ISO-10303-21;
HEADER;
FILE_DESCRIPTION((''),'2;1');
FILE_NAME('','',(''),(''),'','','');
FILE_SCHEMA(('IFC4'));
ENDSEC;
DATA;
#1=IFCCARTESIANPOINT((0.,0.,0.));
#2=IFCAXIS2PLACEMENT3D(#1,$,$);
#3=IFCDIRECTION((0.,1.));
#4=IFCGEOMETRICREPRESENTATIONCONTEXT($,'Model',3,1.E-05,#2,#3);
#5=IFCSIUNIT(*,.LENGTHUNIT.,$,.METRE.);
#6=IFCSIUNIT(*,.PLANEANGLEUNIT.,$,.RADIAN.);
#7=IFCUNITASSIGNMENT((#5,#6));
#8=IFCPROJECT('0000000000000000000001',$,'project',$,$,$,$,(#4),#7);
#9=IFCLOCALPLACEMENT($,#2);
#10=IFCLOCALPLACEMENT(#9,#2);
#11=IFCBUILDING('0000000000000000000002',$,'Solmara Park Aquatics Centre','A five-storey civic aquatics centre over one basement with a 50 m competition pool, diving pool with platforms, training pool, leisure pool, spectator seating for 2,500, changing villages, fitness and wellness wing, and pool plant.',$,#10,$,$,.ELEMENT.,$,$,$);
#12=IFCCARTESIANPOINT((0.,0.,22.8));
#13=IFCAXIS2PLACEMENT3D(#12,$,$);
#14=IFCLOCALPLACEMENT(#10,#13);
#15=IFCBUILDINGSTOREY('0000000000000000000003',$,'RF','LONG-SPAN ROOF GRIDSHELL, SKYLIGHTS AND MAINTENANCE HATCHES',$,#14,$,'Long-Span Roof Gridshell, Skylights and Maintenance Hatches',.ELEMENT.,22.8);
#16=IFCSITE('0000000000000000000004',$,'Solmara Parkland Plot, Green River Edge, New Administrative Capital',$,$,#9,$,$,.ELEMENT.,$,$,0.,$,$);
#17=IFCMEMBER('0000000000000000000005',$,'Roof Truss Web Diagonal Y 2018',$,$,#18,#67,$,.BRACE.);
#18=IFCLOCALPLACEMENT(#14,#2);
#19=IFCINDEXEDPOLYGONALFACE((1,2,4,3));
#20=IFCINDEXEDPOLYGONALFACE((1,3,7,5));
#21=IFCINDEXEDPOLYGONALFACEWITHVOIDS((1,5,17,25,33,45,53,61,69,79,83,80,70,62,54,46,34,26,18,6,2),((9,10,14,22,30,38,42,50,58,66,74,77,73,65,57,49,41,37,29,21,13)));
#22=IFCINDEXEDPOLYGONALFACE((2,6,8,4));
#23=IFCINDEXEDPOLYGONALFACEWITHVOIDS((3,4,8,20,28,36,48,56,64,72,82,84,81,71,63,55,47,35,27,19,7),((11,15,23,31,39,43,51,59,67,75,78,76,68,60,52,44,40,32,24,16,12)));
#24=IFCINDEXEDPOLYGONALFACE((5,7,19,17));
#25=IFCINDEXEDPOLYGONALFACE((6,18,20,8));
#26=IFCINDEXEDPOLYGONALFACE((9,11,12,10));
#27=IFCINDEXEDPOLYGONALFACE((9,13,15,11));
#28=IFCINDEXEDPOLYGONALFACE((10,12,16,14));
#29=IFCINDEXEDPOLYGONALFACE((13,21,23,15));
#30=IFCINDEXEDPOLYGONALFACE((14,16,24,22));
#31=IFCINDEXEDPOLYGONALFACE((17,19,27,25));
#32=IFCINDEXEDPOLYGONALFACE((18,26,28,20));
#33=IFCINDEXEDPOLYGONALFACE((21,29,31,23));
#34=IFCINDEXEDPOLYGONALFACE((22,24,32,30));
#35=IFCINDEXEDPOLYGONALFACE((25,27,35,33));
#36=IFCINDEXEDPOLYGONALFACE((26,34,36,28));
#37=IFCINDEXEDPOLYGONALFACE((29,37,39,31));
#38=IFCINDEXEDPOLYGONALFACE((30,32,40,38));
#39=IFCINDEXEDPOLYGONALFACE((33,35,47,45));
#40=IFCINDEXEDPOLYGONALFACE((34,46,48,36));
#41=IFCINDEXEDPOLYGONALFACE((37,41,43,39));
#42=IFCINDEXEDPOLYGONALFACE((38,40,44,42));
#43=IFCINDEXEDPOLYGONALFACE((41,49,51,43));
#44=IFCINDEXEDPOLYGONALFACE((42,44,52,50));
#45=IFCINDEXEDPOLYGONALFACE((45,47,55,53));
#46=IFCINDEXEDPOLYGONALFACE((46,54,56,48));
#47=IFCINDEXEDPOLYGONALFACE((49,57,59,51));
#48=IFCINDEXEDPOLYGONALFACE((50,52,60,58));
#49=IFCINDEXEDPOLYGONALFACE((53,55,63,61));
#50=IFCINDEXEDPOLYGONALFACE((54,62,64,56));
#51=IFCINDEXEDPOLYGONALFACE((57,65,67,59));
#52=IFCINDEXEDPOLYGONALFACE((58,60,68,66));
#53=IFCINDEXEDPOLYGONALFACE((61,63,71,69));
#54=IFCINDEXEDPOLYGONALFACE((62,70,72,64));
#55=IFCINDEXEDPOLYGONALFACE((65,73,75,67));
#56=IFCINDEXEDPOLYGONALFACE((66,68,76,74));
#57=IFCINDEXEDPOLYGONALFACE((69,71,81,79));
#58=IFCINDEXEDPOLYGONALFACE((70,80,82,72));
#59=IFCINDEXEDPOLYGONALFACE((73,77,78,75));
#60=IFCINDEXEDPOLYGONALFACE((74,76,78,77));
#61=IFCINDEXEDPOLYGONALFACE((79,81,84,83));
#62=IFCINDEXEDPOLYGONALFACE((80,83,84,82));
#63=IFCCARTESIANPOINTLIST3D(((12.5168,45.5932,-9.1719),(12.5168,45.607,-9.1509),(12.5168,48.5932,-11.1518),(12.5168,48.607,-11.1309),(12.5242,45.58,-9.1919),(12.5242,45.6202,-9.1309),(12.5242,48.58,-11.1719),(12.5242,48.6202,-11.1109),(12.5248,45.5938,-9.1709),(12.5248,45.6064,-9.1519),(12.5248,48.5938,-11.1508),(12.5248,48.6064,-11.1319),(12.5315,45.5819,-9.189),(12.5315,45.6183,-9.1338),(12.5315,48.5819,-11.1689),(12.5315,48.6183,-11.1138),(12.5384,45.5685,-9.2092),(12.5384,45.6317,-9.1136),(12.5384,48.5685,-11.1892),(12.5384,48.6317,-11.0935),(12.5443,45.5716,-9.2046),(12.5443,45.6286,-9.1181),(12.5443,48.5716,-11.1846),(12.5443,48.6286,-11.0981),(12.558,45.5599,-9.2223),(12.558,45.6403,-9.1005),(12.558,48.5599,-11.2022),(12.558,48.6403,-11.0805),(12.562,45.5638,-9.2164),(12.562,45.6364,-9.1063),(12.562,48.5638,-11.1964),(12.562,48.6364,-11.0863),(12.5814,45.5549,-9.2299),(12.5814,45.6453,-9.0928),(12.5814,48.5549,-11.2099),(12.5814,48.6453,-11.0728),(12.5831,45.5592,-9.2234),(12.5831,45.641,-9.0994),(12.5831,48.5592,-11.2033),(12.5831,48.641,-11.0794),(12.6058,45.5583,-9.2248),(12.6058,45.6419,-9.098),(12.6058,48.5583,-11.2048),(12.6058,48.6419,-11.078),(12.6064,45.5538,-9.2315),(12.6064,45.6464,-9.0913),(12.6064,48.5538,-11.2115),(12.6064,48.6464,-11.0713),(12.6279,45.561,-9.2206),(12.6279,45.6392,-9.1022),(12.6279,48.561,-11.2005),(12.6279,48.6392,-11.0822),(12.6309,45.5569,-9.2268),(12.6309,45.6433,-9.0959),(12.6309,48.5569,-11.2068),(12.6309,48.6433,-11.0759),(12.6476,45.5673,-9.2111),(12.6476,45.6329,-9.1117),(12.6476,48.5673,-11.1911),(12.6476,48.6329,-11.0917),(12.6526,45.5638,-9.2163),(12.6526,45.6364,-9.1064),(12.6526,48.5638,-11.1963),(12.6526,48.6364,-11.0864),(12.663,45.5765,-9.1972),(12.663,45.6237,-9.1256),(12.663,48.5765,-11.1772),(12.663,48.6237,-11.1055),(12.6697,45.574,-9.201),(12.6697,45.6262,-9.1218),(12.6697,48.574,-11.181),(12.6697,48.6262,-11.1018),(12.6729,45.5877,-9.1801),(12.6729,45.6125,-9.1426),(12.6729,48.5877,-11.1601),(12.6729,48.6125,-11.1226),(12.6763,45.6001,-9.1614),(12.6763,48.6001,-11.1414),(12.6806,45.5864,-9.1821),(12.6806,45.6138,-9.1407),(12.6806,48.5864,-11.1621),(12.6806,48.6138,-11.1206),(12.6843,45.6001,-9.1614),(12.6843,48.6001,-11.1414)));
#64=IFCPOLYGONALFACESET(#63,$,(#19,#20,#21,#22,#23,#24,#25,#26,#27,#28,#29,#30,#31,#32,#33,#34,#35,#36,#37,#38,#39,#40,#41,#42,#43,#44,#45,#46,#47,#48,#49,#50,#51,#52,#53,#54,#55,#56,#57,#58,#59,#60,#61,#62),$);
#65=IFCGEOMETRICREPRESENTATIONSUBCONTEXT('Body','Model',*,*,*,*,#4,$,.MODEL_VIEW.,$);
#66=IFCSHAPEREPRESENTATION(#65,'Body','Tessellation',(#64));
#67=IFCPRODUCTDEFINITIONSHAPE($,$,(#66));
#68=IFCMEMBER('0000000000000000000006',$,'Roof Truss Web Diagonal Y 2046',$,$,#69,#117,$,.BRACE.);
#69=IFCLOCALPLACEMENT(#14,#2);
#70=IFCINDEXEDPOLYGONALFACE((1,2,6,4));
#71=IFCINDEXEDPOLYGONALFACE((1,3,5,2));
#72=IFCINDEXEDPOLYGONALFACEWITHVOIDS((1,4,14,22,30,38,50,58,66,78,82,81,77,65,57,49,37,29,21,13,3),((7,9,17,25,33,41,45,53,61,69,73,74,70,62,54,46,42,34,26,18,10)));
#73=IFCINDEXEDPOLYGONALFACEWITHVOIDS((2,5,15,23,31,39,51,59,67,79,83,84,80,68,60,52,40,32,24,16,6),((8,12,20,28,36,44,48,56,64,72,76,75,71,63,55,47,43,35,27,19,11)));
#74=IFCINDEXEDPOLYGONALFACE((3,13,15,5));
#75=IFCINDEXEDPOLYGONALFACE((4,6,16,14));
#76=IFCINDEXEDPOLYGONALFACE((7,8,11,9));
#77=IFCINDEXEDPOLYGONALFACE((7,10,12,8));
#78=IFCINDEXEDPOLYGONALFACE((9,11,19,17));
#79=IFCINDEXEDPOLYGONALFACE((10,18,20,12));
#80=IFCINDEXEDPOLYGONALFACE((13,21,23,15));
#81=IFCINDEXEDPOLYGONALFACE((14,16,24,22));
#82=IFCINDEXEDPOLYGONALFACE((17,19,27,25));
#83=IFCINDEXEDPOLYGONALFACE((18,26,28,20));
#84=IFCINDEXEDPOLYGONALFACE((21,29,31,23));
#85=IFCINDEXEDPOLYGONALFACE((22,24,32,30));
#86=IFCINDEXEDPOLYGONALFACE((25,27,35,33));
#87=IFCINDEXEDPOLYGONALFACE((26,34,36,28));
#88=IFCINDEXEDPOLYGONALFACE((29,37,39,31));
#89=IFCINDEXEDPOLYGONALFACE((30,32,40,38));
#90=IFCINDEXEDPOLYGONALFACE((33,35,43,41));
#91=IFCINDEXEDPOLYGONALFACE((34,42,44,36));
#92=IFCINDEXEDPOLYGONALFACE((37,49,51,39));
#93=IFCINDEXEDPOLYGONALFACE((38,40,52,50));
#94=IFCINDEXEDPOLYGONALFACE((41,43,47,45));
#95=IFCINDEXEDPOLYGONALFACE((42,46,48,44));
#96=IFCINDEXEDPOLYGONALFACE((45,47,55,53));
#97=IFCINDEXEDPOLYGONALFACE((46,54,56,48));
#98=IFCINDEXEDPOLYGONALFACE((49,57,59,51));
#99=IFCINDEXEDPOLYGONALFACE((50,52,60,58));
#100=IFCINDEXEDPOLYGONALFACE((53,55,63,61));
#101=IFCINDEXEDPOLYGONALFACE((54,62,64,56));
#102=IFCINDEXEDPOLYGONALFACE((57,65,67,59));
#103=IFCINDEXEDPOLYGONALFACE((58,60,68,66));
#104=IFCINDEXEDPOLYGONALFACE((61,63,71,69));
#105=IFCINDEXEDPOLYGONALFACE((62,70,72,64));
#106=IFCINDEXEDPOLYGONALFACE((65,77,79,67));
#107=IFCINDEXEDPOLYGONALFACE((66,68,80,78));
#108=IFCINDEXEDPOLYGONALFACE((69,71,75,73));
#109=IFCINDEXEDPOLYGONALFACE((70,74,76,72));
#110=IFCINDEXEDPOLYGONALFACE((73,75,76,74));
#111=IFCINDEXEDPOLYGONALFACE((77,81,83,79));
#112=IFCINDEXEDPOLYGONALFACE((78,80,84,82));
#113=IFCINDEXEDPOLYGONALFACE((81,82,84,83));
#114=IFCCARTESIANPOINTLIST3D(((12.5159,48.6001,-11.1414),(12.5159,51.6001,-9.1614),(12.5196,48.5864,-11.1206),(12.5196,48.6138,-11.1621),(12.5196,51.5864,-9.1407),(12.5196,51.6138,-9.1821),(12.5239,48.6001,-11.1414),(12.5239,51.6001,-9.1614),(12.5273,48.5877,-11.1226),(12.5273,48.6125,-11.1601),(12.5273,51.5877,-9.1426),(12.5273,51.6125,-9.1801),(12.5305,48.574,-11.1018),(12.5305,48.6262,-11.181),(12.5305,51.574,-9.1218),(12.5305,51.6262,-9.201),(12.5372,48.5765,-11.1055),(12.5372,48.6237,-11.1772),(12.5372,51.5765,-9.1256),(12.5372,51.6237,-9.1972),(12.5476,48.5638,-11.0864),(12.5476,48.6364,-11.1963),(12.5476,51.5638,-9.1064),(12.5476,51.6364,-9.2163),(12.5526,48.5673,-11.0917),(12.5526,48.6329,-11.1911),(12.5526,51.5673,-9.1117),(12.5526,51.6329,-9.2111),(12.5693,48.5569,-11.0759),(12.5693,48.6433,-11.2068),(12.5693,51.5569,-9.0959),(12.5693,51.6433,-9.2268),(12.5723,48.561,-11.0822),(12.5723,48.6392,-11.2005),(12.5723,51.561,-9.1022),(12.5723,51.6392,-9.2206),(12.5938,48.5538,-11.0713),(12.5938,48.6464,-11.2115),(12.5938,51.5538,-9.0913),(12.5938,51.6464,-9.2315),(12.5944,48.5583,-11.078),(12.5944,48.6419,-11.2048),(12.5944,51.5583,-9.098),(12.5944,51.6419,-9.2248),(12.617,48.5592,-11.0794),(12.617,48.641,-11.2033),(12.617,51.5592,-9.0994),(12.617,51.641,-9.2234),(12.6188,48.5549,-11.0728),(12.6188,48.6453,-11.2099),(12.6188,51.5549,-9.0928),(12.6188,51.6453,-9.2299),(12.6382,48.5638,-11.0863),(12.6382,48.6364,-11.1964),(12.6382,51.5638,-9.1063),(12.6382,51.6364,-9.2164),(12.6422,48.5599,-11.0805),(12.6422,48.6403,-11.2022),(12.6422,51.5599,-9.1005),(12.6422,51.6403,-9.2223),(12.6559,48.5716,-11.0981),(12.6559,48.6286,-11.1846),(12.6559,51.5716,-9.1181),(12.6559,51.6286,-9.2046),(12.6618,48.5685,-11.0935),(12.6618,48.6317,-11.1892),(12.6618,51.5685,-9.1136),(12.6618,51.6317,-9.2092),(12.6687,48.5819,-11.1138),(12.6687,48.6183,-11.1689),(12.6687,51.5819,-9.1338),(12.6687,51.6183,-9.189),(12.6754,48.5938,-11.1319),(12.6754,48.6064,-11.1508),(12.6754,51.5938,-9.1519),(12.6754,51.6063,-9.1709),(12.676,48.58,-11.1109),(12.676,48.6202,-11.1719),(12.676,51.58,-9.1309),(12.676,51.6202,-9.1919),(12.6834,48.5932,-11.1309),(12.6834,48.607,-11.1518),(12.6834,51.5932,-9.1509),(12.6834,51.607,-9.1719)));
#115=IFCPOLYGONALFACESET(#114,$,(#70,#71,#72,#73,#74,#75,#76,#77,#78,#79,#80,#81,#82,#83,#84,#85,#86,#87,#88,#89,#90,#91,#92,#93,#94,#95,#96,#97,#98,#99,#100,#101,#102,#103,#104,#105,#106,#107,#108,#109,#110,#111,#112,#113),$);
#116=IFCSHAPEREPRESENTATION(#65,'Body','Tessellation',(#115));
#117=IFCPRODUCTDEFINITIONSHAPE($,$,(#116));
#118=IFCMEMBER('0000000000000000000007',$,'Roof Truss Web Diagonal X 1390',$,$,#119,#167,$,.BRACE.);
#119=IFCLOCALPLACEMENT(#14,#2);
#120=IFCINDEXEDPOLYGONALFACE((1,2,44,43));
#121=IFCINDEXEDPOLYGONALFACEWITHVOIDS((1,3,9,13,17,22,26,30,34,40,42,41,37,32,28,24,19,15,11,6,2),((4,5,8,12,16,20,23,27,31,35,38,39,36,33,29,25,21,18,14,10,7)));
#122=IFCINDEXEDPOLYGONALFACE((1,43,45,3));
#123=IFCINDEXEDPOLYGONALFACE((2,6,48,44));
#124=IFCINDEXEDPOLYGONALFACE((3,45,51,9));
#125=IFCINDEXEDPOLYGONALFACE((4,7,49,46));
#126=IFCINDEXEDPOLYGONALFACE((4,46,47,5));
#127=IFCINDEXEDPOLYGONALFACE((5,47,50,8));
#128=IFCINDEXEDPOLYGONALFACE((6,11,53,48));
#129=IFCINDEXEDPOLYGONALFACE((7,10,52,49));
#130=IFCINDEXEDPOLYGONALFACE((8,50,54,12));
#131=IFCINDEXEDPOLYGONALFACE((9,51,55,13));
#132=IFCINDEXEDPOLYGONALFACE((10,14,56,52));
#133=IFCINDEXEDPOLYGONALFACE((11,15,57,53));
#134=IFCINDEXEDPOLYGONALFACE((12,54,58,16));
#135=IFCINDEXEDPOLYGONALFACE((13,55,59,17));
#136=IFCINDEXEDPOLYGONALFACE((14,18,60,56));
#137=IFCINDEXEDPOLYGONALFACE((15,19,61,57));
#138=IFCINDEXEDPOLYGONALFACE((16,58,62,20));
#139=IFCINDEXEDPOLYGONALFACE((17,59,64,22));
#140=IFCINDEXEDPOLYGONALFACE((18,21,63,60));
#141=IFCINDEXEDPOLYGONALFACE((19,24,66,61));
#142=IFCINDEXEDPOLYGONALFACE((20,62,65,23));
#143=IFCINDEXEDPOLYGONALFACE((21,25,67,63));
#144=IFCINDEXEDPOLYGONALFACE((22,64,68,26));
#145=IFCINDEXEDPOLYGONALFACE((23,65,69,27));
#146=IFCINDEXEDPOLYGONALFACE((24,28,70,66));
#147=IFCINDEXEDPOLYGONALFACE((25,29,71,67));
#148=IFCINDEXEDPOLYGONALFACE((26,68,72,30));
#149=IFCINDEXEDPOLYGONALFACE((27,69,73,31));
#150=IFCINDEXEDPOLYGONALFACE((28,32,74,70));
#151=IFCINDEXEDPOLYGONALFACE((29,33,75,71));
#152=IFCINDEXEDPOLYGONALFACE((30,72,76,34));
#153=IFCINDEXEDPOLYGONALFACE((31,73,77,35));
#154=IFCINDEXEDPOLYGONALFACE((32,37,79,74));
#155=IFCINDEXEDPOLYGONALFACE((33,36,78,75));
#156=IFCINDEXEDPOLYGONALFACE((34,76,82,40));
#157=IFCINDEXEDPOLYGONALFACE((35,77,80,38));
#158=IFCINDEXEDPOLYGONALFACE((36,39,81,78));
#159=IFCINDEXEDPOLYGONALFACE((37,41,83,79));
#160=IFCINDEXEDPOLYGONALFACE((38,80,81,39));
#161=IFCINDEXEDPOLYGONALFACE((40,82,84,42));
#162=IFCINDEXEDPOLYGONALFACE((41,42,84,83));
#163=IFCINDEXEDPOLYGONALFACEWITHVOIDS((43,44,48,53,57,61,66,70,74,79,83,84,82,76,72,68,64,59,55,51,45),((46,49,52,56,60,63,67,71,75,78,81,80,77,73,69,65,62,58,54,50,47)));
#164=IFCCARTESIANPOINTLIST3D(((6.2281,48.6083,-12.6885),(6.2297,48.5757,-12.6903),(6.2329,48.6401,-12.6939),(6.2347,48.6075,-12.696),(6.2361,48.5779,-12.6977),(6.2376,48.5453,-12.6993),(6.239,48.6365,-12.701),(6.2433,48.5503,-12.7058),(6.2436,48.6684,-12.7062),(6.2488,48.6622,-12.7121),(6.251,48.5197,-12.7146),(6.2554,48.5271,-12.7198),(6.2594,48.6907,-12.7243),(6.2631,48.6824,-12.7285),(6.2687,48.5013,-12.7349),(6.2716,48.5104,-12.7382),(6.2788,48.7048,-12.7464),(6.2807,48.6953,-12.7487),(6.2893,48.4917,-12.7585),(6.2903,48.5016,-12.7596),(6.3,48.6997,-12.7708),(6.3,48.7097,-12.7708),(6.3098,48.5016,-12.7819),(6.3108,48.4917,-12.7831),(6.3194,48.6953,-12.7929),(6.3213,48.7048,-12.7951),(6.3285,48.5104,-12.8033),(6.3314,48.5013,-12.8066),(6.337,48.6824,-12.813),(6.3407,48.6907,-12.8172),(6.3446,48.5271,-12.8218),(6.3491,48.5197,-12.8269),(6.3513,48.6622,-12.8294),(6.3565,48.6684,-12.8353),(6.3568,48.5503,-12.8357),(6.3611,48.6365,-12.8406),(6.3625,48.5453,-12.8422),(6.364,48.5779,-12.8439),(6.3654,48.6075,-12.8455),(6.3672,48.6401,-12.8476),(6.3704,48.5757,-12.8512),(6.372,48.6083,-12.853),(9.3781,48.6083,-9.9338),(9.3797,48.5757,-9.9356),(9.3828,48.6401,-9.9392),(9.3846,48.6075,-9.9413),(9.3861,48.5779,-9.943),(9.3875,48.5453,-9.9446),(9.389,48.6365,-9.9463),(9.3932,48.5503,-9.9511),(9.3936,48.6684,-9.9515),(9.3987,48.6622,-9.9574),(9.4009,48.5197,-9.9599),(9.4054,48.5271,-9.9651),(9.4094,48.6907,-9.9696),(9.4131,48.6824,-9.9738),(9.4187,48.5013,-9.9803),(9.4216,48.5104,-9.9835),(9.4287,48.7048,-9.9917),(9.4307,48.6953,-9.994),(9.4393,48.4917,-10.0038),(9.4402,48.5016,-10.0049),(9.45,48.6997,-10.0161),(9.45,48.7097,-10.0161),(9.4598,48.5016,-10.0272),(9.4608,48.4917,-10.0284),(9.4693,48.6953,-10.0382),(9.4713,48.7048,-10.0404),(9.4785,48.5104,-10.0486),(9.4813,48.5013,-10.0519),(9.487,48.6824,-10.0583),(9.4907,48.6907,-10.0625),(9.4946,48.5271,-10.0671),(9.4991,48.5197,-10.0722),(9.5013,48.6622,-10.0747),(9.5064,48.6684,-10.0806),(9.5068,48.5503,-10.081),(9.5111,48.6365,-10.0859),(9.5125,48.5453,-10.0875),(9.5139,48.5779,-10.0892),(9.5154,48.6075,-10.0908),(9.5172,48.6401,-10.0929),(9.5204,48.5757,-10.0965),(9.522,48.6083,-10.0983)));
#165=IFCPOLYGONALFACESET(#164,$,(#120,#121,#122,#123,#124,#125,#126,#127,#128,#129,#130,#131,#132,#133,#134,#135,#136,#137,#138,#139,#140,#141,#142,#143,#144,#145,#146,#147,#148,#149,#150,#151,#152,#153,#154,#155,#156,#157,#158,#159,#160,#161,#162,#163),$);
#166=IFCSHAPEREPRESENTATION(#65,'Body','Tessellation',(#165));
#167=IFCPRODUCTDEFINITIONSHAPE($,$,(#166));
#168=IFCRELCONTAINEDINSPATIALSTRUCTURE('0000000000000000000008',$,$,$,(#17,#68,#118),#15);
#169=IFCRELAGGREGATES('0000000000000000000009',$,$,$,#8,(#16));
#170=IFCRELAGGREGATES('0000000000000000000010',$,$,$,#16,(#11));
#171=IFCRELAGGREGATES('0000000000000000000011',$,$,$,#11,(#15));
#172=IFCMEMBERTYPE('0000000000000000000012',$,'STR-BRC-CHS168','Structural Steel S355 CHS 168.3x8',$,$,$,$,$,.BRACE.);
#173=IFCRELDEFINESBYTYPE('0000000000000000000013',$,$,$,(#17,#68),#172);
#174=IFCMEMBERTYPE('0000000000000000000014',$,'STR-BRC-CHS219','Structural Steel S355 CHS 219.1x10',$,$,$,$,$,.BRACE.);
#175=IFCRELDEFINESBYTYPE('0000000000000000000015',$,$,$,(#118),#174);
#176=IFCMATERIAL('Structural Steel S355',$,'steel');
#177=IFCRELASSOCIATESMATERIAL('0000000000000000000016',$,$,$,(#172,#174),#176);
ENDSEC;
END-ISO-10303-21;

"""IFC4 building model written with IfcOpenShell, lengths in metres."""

from ifc_helpers import new_model, si_unit, direction, frame, origin, origin_2d, place, context, subcontext, project, spatial, hollow_circle, extrude, material, material_profile, profile_set, type_object, element, save


model = new_model("IFC4")

# Units and contexts
model_context = context("Model", 3, precision=1e-05, world=origin(), true_north=direction((0.0, 1.0)))
body_context = subcontext(model_context, "Body", "Model", "MODEL_VIEW")
ifc_project = project(units=[si_unit("LENGTHUNIT", "METRE"), si_unit("PLANEANGLEUNIT", "RADIAN")], contexts=[model_context])

# Site, building, storey
site_placement = place(None, origin())
site = spatial("IfcSite", under=ifc_project, at=site_placement, Name="Solmara Parkland Plot, Green River Edge, New Administrative Capital", CompositionType="ELEMENT", RefElevation=0.0)
building_placement = place(site_placement, origin())
building = spatial("IfcBuilding", under=site, at=building_placement, Name="Solmara Park Aquatics Centre", Description="A five-storey civic aquatics centre over one basement with a 50 m competition pool, diving pool with platforms, training pool, leisure pool, spectator seating for 2,500, changing villages, fitness and wellness wing, and pool plant.", CompositionType="ELEMENT")
storey_placement = place(building_placement, frame((0.0, 0.0, 22.8)))
storey = spatial("IfcBuildingStorey", under=building, at=storey_placement, Name="RF", Description="LONG-SPAN ROOF GRIDSHELL, SKYLIGHTS AND MAINTENANCE HATCHES", LongName="Long-Span Roof Gridshell, Skylights and Maintenance Hatches", CompositionType="ELEMENT", Elevation=22.8)

# Members
ifc_material_1 = material(Name="Structural Steel S355", Category="steel")
ifc_material_profile_1 = material_profile(ifc_material_1, hollow_circle(Radius=0.0842, WallThickness=0.0081, at=origin_2d()), Name="CHS 168.3x8")
ifc_profile_set_1 = profile_set([ifc_material_profile_1], Name="Structural Steel S355")
member_type_1 = type_object("IfcMemberType", Name="STR-BRC-CHS168", Description="Structural Steel S355 CHS 168.3x8", PredefinedType="BRACE", material=ifc_profile_set_1)
for number, where, z_axis, x_axis, name in (
    (1, (12.6001, 48.6001, -11.1414), (0.0, -0.834612, 0.550838), (1.0, 0.0, 0.0), "Roof Truss Web Diagonal Y 2018"),
    (2, (12.6001, 48.6001, -11.1414), (0.0, 0.834612, 0.550838), (-1.0, 0.0, 0.0), "Roof Truss Web Diagonal Y 2046"),
):
    element("IfcMember", number, at=place(storey_placement, frame(where, z_axis=z_axis, x_axis=x_axis)), inside=storey, type_object=member_type_1, Name=name, PredefinedType="BRACE", context=body_context, shape_type="SweptSolid", body=[
        extrude(hollow_circle(Radius=0.0842, WallThickness=0.0081, at=origin_2d()), origin(), (0.0, 0.0, 1.0), 3.5945),
    ])
ifc_material_profile_2 = material_profile(ifc_material_1, hollow_circle(Radius=0.1096, WallThickness=0.01, at=origin_2d()), Name="CHS 219.1x10")
ifc_profile_set_2 = profile_set([ifc_material_profile_2], Name="Structural Steel S355")
member_type_2 = type_object("IfcMemberType", Name="STR-BRC-CHS219", Description="Structural Steel S355 CHS 219.1x10", PredefinedType="BRACE", material=ifc_profile_set_2)
member_1_placement = place(storey_placement, frame((6.3, 48.6001, -12.7708), z_axis=(0.752757, 0.0, 0.658298), x_axis=(0.0, 1.0, 0.0)))
element("IfcMember", 3, at=member_1_placement, inside=storey, type_object=member_type_2, Name="Roof Truss Web Diagonal X 1390", PredefinedType="BRACE", context=body_context, shape_type="SweptSolid", body=[
    extrude(hollow_circle(Radius=0.1096, WallThickness=0.01, at=origin_2d()), origin(), (0.0, 0.0, 1.0), 4.1846),
])

save(model, "model.ifc")
